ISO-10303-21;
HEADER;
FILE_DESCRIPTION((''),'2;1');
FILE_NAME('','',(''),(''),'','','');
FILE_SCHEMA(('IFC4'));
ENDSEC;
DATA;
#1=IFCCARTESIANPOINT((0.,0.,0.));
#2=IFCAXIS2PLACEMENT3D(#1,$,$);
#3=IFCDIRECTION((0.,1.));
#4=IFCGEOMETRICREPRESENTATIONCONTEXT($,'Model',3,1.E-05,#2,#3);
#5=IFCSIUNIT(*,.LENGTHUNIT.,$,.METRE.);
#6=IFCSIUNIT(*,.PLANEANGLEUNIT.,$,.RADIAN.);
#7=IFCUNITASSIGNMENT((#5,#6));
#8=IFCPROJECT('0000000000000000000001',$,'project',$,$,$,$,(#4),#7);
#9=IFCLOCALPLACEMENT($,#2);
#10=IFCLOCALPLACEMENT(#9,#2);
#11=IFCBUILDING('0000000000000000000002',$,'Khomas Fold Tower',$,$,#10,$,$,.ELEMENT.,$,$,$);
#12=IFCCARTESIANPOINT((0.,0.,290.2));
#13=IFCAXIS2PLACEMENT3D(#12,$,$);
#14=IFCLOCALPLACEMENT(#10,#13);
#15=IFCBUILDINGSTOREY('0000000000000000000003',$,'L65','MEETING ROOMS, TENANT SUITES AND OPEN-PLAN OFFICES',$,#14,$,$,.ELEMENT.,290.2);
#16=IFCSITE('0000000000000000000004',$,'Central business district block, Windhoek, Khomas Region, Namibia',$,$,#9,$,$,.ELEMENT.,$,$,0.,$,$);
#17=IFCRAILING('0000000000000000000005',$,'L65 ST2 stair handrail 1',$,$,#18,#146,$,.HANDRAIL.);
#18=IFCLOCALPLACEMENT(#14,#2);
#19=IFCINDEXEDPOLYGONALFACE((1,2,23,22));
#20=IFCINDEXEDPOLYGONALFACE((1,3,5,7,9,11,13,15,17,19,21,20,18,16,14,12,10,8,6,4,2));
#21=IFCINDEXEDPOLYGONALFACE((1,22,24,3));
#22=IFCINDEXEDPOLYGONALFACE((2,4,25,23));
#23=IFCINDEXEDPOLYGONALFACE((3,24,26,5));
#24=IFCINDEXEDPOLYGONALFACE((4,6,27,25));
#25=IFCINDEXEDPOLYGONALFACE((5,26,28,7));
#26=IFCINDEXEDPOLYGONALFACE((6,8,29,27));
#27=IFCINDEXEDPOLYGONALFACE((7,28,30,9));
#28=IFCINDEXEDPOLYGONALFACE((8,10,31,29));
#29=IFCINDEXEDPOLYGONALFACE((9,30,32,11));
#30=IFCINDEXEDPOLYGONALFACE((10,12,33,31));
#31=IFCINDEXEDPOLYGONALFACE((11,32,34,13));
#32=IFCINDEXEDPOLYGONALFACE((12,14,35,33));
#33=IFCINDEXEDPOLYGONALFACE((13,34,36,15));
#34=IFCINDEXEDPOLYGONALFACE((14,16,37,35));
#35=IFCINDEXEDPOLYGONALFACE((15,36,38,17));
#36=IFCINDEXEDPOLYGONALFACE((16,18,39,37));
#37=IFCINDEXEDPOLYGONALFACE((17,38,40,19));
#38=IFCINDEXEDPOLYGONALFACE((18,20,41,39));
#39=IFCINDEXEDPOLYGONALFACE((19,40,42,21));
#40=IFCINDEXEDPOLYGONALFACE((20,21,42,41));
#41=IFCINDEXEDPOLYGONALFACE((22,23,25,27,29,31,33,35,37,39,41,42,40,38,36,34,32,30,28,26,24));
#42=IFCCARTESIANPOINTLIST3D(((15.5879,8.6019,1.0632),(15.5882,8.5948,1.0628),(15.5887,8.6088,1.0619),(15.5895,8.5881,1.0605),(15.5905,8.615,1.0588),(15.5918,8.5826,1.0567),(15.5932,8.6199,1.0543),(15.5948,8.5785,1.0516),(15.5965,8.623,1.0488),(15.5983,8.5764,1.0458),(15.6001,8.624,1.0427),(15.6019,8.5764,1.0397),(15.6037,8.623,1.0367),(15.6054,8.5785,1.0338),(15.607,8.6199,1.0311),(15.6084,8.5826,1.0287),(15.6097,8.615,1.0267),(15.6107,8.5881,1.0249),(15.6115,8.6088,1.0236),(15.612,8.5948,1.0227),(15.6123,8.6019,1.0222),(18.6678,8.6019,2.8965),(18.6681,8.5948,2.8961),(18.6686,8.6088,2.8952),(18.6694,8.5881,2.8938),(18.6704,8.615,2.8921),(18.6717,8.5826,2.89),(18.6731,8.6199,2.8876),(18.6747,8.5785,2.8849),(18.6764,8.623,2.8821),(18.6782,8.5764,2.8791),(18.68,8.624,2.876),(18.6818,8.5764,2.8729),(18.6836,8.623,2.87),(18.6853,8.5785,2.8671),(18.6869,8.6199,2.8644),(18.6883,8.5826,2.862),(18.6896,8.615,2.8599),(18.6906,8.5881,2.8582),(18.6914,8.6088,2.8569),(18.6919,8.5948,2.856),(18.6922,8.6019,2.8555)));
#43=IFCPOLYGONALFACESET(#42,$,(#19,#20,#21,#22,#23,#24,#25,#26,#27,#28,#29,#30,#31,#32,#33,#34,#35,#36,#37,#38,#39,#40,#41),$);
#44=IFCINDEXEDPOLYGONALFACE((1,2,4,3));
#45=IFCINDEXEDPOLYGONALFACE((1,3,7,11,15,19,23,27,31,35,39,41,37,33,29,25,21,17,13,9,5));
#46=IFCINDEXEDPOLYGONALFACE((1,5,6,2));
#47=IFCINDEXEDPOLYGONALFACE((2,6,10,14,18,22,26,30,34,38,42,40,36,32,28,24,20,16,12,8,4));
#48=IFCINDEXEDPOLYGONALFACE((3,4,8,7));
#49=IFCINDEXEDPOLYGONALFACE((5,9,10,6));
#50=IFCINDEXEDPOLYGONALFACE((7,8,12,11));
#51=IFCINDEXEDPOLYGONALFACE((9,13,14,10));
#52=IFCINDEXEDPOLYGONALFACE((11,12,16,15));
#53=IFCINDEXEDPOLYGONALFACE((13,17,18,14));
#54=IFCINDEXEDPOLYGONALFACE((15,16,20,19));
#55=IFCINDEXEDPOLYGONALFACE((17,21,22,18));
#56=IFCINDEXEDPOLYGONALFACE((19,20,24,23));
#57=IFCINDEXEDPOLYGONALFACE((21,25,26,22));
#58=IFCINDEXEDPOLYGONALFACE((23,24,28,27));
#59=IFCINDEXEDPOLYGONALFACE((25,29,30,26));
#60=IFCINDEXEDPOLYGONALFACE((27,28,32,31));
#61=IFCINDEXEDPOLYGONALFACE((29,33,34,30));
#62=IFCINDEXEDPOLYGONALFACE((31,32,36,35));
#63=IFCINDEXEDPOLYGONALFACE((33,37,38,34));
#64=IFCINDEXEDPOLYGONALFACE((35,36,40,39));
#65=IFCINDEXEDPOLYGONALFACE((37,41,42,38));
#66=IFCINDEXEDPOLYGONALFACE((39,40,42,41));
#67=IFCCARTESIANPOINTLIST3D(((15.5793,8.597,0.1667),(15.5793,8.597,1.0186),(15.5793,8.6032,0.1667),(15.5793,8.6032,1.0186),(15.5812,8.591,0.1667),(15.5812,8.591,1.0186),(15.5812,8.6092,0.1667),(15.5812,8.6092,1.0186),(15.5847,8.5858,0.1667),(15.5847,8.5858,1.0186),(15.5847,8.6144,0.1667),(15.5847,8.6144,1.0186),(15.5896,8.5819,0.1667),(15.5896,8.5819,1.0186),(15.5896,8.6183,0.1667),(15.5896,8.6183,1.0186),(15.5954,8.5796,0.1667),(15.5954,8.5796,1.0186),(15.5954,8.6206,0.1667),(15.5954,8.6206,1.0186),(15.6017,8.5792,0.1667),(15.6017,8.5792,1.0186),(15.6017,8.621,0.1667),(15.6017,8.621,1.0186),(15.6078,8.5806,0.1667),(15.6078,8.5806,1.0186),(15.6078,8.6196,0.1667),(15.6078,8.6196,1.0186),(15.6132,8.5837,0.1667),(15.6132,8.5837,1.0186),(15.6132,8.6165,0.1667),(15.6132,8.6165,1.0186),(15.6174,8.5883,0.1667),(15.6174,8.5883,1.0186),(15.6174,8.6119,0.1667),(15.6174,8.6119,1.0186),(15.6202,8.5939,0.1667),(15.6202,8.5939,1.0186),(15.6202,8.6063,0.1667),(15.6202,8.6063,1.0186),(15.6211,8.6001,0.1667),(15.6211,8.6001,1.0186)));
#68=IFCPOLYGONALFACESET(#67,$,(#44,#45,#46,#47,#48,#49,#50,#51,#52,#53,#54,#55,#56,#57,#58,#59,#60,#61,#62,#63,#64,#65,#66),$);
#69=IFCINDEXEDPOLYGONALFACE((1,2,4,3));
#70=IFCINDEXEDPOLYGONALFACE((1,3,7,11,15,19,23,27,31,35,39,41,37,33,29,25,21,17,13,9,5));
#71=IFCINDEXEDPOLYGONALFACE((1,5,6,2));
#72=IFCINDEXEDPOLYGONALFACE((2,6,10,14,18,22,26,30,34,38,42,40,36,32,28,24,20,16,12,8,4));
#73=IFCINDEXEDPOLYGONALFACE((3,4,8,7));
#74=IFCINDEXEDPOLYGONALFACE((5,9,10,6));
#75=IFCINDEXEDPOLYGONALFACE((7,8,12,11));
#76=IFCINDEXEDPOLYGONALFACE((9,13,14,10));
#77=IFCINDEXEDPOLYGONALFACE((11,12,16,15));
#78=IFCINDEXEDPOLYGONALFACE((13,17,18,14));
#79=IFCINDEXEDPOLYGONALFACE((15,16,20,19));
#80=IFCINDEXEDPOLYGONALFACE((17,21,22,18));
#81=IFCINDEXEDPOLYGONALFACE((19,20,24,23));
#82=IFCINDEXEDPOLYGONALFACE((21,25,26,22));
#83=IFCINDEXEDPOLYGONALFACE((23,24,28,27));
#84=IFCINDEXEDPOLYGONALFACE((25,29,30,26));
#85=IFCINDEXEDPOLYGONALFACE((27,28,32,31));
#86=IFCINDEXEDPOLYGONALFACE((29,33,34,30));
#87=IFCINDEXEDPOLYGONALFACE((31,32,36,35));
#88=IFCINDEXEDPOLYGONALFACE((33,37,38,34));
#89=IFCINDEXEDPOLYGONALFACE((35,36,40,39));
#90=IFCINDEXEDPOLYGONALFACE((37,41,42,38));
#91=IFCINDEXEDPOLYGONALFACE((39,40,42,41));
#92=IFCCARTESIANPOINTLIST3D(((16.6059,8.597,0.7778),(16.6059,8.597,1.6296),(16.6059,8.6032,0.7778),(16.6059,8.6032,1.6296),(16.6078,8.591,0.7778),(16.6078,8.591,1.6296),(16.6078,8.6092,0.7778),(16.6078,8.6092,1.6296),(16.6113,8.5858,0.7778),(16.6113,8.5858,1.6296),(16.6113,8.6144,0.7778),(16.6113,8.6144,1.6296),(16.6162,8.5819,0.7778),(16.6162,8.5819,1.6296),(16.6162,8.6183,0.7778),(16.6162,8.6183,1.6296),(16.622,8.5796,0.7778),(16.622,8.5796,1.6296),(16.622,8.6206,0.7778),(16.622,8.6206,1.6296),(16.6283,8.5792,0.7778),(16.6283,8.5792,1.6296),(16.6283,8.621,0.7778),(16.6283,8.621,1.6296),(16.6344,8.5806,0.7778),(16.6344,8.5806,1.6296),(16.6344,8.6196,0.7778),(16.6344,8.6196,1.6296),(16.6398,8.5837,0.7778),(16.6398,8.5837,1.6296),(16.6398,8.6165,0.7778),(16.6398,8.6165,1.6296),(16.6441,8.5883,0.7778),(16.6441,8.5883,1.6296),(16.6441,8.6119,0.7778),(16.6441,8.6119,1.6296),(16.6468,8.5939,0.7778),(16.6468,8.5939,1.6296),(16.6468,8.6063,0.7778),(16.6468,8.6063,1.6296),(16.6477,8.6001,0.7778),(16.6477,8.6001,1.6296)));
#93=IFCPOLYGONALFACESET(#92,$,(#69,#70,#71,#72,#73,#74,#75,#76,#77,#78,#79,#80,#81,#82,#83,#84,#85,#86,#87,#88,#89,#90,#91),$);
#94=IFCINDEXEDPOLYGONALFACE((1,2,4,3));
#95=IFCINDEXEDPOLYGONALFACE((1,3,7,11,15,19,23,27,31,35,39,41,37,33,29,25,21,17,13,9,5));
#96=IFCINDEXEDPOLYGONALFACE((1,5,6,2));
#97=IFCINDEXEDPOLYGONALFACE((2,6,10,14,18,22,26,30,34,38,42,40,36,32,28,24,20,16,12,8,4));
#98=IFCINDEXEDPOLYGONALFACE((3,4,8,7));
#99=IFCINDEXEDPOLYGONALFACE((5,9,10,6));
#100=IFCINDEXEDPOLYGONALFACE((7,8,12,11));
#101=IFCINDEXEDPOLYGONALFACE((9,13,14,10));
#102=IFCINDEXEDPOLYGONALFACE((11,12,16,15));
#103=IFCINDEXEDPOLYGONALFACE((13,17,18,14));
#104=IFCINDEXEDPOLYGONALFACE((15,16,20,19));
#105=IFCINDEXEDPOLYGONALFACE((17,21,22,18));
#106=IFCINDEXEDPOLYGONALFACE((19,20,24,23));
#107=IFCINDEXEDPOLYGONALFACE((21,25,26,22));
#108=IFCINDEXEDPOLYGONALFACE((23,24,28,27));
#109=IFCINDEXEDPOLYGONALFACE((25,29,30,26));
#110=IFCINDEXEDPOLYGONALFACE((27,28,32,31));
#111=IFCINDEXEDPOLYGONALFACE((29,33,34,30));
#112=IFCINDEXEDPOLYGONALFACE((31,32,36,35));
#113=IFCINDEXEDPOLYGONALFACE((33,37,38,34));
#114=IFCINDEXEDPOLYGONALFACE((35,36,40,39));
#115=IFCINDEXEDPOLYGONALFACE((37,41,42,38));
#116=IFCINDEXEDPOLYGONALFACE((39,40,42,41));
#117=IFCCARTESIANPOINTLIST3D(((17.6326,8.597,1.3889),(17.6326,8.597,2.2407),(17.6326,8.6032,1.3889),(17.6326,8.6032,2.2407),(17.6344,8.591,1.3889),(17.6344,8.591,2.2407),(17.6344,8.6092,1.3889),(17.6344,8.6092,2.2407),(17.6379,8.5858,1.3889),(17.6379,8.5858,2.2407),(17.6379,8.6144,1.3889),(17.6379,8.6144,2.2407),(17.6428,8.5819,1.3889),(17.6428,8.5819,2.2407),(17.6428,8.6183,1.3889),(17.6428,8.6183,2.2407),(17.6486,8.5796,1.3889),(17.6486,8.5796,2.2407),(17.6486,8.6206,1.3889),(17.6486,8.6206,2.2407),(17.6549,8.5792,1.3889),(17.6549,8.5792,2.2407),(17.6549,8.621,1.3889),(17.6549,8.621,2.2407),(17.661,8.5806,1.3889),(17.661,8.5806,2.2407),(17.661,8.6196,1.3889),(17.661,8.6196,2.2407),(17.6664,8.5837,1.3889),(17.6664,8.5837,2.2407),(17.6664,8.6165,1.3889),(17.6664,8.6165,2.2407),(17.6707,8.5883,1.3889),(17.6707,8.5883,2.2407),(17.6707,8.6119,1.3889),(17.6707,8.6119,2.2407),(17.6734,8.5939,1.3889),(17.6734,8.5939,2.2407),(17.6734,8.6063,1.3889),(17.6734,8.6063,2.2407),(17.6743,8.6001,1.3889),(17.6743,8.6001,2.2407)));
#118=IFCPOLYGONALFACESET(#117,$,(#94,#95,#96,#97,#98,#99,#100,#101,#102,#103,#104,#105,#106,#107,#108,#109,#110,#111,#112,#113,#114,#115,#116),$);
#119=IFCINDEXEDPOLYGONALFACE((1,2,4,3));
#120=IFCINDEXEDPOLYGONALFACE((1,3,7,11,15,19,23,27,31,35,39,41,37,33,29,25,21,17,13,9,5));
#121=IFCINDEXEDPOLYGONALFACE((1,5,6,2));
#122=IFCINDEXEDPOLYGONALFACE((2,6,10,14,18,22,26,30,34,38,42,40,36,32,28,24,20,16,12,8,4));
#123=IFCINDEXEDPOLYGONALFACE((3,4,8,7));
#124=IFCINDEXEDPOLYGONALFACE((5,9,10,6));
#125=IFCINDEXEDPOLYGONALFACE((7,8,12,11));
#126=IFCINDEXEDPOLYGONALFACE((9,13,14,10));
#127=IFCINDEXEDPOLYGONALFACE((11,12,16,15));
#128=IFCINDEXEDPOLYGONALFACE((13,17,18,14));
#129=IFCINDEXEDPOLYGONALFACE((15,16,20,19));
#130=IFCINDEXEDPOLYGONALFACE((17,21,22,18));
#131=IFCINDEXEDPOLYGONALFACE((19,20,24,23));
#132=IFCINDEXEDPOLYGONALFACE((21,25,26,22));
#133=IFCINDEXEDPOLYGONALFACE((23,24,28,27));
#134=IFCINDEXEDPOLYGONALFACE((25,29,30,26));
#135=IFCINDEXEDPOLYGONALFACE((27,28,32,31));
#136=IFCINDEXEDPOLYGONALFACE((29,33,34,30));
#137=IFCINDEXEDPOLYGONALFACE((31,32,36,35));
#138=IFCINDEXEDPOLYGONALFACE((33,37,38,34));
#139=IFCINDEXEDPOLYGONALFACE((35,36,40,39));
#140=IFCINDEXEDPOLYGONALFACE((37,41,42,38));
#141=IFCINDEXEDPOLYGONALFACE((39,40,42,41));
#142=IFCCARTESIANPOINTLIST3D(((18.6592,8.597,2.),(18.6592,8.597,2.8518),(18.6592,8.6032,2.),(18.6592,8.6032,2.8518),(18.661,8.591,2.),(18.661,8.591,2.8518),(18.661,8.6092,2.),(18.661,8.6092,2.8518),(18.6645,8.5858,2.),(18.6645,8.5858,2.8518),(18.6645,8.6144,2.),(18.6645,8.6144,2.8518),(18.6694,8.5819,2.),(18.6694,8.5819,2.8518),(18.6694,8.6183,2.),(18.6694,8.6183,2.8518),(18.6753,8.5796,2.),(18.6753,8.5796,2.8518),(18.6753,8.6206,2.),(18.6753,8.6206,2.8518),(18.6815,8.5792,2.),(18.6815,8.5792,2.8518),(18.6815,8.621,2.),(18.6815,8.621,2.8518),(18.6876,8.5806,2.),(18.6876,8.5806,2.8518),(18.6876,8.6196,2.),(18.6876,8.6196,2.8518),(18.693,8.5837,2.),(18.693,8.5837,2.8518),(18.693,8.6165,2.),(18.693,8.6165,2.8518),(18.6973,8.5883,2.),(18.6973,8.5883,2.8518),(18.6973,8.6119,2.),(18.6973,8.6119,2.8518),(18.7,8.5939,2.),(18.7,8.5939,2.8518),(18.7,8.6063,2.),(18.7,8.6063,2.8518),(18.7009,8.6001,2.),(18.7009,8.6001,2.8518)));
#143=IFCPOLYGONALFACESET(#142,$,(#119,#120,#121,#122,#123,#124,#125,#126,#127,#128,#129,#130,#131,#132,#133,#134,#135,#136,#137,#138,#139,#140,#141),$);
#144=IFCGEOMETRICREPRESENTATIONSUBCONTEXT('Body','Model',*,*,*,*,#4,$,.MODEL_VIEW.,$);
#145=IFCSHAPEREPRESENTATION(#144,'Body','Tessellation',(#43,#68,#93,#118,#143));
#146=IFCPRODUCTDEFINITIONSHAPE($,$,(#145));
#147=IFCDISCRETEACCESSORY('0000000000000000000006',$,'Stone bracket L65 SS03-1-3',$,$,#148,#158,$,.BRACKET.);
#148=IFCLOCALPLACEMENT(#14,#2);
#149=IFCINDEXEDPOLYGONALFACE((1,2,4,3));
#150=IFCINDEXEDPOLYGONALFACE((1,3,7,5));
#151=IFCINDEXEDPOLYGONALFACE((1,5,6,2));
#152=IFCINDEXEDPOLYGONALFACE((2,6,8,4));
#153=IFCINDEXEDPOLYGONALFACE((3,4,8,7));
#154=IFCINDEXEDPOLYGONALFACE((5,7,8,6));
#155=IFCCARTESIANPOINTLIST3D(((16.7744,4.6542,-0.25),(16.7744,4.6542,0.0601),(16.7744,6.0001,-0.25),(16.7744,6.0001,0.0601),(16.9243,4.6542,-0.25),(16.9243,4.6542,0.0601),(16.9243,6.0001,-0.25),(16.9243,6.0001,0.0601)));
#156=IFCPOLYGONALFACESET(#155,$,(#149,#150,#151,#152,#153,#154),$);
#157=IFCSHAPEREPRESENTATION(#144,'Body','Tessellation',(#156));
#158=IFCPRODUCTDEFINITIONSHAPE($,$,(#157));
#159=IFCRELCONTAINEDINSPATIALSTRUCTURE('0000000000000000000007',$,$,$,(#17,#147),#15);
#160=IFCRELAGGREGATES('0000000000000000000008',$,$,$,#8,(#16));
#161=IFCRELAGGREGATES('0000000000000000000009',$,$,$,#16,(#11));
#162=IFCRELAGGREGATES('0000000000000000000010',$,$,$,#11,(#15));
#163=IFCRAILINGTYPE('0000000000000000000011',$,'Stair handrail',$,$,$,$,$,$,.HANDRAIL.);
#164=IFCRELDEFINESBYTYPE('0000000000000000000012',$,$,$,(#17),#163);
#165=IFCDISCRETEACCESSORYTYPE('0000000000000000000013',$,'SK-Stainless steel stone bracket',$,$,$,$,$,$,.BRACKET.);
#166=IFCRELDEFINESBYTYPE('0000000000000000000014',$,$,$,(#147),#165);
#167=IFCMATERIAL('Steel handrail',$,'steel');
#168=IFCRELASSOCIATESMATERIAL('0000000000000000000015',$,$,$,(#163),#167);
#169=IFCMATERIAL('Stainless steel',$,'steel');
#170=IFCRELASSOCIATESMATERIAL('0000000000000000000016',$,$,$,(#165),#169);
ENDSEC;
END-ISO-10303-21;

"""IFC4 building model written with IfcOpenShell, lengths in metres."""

from ifc_helpers import new_model, si_unit, direction, frame, origin, origin_2d, place, context, subcontext, project, spatial, rectangle, circle, extrude, source, transform, mapped, material, type_object, element, save


model = new_model("IFC4")

# Units and contexts
model_context = context("Model", 3, precision=1e-05, world=origin(), true_north=direction((0.0, 1.0)))
body_context = subcontext(model_context, "Body", "Model", "MODEL_VIEW")
ifc_project = project(units=[si_unit("LENGTHUNIT", "METRE"), si_unit("PLANEANGLEUNIT", "RADIAN")], contexts=[model_context])

# Site, building, storey
site_placement = place(None, origin())
site = spatial("IfcSite", under=ifc_project, at=site_placement, Name="Central business district block, Windhoek, Khomas Region, Namibia", CompositionType="ELEMENT", RefElevation=0.0)
building_placement = place(site_placement, origin())
building = spatial("IfcBuilding", under=site, at=building_placement, Name="Khomas Fold Tower", CompositionType="ELEMENT")
storey_placement = place(building_placement, frame((0.0, 0.0, 290.2)))
storey = spatial("IfcBuildingStorey", under=building, at=storey_placement, Name="L65", Description="MEETING ROOMS, TENANT SUITES AND OPEN-PLAN OFFICES", CompositionType="ELEMENT", Elevation=290.2)

# Railing
ifc_material_1 = material(Name="Steel handrail", Category="steel")
railing_type_1 = type_object("IfcRailingType", Name="Stair handrail", PredefinedType="HANDRAIL", material=ifc_material_1)
shared_shape_1 = source(origin(), body_context, "Body", "SweptSolid", [
    extrude(circle(Radius=0.0239, at=origin_2d()), frame((0.0, 0.0, 0.876), z_axis=(0.859291, 0.0, 0.511487), x_axis=(0.0, 1.0, 0.0)), (0.0, 0.0, 1.0), 3.5842),
    extrude(circle(Radius=0.021, at=origin_2d()), origin(), (0.0, 0.0, 1.0), 0.8518),
    extrude(circle(Radius=0.021, at=origin_2d()), frame((1.0266, 0.0, 0.6111)), (0.0, 0.0, 1.0), 0.8518),
    extrude(circle(Radius=0.021, at=origin_2d()), frame((2.0532, 0.0, 1.2222)), (0.0, 0.0, 1.0), 0.8518),
    extrude(circle(Radius=0.021, at=origin_2d()), frame((3.0798, 0.0, 1.8333)), (0.0, 0.0, 1.0), 0.8518),
])
railing_1_placement = place(storey_placement, frame((15.6001, 8.6001, 0.1667)))
element("IfcRailing", 1, at=railing_1_placement, inside=storey, type_object=railing_type_1, Name="L65 ST2 stair handrail 1", PredefinedType="HANDRAIL", context=body_context, shape_type="MappedRepresentation", body=[
    mapped(shared_shape_1, transform((0.0, 0.0, 0.0))),
])

# Discrete accessory
ifc_material_2 = material(Name="Stainless steel", Category="steel")
discrete_accessory_type = type_object("IfcDiscreteAccessoryType", Name="SK-Stainless steel stone bracket", PredefinedType="BRACKET", material=ifc_material_2)
shared_shape_2 = source(origin(), body_context, "Body", "SweptSolid", [
    extrude(rectangle(XDim=1.3459, YDim=0.1499, at=origin_2d()), origin(), (0.0, 0.0, 1.0), 0.3101),
])
discrete_accessory_placement = place(storey_placement, frame((16.8494, 5.3271, -0.25), z_axis=(0.0, 0.0, 1.0), x_axis=(0.0, -1.0, 0.0)))
element("IfcDiscreteAccessory", 2, at=discrete_accessory_placement, inside=storey, type_object=discrete_accessory_type, Name="Stone bracket L65 SS03-1-3", PredefinedType="BRACKET", context=body_context, shape_type="MappedRepresentation", body=[
    mapped(shared_shape_2, transform((0.0, 0.0, 0.0))),
])

save(model, "model.ifc")
